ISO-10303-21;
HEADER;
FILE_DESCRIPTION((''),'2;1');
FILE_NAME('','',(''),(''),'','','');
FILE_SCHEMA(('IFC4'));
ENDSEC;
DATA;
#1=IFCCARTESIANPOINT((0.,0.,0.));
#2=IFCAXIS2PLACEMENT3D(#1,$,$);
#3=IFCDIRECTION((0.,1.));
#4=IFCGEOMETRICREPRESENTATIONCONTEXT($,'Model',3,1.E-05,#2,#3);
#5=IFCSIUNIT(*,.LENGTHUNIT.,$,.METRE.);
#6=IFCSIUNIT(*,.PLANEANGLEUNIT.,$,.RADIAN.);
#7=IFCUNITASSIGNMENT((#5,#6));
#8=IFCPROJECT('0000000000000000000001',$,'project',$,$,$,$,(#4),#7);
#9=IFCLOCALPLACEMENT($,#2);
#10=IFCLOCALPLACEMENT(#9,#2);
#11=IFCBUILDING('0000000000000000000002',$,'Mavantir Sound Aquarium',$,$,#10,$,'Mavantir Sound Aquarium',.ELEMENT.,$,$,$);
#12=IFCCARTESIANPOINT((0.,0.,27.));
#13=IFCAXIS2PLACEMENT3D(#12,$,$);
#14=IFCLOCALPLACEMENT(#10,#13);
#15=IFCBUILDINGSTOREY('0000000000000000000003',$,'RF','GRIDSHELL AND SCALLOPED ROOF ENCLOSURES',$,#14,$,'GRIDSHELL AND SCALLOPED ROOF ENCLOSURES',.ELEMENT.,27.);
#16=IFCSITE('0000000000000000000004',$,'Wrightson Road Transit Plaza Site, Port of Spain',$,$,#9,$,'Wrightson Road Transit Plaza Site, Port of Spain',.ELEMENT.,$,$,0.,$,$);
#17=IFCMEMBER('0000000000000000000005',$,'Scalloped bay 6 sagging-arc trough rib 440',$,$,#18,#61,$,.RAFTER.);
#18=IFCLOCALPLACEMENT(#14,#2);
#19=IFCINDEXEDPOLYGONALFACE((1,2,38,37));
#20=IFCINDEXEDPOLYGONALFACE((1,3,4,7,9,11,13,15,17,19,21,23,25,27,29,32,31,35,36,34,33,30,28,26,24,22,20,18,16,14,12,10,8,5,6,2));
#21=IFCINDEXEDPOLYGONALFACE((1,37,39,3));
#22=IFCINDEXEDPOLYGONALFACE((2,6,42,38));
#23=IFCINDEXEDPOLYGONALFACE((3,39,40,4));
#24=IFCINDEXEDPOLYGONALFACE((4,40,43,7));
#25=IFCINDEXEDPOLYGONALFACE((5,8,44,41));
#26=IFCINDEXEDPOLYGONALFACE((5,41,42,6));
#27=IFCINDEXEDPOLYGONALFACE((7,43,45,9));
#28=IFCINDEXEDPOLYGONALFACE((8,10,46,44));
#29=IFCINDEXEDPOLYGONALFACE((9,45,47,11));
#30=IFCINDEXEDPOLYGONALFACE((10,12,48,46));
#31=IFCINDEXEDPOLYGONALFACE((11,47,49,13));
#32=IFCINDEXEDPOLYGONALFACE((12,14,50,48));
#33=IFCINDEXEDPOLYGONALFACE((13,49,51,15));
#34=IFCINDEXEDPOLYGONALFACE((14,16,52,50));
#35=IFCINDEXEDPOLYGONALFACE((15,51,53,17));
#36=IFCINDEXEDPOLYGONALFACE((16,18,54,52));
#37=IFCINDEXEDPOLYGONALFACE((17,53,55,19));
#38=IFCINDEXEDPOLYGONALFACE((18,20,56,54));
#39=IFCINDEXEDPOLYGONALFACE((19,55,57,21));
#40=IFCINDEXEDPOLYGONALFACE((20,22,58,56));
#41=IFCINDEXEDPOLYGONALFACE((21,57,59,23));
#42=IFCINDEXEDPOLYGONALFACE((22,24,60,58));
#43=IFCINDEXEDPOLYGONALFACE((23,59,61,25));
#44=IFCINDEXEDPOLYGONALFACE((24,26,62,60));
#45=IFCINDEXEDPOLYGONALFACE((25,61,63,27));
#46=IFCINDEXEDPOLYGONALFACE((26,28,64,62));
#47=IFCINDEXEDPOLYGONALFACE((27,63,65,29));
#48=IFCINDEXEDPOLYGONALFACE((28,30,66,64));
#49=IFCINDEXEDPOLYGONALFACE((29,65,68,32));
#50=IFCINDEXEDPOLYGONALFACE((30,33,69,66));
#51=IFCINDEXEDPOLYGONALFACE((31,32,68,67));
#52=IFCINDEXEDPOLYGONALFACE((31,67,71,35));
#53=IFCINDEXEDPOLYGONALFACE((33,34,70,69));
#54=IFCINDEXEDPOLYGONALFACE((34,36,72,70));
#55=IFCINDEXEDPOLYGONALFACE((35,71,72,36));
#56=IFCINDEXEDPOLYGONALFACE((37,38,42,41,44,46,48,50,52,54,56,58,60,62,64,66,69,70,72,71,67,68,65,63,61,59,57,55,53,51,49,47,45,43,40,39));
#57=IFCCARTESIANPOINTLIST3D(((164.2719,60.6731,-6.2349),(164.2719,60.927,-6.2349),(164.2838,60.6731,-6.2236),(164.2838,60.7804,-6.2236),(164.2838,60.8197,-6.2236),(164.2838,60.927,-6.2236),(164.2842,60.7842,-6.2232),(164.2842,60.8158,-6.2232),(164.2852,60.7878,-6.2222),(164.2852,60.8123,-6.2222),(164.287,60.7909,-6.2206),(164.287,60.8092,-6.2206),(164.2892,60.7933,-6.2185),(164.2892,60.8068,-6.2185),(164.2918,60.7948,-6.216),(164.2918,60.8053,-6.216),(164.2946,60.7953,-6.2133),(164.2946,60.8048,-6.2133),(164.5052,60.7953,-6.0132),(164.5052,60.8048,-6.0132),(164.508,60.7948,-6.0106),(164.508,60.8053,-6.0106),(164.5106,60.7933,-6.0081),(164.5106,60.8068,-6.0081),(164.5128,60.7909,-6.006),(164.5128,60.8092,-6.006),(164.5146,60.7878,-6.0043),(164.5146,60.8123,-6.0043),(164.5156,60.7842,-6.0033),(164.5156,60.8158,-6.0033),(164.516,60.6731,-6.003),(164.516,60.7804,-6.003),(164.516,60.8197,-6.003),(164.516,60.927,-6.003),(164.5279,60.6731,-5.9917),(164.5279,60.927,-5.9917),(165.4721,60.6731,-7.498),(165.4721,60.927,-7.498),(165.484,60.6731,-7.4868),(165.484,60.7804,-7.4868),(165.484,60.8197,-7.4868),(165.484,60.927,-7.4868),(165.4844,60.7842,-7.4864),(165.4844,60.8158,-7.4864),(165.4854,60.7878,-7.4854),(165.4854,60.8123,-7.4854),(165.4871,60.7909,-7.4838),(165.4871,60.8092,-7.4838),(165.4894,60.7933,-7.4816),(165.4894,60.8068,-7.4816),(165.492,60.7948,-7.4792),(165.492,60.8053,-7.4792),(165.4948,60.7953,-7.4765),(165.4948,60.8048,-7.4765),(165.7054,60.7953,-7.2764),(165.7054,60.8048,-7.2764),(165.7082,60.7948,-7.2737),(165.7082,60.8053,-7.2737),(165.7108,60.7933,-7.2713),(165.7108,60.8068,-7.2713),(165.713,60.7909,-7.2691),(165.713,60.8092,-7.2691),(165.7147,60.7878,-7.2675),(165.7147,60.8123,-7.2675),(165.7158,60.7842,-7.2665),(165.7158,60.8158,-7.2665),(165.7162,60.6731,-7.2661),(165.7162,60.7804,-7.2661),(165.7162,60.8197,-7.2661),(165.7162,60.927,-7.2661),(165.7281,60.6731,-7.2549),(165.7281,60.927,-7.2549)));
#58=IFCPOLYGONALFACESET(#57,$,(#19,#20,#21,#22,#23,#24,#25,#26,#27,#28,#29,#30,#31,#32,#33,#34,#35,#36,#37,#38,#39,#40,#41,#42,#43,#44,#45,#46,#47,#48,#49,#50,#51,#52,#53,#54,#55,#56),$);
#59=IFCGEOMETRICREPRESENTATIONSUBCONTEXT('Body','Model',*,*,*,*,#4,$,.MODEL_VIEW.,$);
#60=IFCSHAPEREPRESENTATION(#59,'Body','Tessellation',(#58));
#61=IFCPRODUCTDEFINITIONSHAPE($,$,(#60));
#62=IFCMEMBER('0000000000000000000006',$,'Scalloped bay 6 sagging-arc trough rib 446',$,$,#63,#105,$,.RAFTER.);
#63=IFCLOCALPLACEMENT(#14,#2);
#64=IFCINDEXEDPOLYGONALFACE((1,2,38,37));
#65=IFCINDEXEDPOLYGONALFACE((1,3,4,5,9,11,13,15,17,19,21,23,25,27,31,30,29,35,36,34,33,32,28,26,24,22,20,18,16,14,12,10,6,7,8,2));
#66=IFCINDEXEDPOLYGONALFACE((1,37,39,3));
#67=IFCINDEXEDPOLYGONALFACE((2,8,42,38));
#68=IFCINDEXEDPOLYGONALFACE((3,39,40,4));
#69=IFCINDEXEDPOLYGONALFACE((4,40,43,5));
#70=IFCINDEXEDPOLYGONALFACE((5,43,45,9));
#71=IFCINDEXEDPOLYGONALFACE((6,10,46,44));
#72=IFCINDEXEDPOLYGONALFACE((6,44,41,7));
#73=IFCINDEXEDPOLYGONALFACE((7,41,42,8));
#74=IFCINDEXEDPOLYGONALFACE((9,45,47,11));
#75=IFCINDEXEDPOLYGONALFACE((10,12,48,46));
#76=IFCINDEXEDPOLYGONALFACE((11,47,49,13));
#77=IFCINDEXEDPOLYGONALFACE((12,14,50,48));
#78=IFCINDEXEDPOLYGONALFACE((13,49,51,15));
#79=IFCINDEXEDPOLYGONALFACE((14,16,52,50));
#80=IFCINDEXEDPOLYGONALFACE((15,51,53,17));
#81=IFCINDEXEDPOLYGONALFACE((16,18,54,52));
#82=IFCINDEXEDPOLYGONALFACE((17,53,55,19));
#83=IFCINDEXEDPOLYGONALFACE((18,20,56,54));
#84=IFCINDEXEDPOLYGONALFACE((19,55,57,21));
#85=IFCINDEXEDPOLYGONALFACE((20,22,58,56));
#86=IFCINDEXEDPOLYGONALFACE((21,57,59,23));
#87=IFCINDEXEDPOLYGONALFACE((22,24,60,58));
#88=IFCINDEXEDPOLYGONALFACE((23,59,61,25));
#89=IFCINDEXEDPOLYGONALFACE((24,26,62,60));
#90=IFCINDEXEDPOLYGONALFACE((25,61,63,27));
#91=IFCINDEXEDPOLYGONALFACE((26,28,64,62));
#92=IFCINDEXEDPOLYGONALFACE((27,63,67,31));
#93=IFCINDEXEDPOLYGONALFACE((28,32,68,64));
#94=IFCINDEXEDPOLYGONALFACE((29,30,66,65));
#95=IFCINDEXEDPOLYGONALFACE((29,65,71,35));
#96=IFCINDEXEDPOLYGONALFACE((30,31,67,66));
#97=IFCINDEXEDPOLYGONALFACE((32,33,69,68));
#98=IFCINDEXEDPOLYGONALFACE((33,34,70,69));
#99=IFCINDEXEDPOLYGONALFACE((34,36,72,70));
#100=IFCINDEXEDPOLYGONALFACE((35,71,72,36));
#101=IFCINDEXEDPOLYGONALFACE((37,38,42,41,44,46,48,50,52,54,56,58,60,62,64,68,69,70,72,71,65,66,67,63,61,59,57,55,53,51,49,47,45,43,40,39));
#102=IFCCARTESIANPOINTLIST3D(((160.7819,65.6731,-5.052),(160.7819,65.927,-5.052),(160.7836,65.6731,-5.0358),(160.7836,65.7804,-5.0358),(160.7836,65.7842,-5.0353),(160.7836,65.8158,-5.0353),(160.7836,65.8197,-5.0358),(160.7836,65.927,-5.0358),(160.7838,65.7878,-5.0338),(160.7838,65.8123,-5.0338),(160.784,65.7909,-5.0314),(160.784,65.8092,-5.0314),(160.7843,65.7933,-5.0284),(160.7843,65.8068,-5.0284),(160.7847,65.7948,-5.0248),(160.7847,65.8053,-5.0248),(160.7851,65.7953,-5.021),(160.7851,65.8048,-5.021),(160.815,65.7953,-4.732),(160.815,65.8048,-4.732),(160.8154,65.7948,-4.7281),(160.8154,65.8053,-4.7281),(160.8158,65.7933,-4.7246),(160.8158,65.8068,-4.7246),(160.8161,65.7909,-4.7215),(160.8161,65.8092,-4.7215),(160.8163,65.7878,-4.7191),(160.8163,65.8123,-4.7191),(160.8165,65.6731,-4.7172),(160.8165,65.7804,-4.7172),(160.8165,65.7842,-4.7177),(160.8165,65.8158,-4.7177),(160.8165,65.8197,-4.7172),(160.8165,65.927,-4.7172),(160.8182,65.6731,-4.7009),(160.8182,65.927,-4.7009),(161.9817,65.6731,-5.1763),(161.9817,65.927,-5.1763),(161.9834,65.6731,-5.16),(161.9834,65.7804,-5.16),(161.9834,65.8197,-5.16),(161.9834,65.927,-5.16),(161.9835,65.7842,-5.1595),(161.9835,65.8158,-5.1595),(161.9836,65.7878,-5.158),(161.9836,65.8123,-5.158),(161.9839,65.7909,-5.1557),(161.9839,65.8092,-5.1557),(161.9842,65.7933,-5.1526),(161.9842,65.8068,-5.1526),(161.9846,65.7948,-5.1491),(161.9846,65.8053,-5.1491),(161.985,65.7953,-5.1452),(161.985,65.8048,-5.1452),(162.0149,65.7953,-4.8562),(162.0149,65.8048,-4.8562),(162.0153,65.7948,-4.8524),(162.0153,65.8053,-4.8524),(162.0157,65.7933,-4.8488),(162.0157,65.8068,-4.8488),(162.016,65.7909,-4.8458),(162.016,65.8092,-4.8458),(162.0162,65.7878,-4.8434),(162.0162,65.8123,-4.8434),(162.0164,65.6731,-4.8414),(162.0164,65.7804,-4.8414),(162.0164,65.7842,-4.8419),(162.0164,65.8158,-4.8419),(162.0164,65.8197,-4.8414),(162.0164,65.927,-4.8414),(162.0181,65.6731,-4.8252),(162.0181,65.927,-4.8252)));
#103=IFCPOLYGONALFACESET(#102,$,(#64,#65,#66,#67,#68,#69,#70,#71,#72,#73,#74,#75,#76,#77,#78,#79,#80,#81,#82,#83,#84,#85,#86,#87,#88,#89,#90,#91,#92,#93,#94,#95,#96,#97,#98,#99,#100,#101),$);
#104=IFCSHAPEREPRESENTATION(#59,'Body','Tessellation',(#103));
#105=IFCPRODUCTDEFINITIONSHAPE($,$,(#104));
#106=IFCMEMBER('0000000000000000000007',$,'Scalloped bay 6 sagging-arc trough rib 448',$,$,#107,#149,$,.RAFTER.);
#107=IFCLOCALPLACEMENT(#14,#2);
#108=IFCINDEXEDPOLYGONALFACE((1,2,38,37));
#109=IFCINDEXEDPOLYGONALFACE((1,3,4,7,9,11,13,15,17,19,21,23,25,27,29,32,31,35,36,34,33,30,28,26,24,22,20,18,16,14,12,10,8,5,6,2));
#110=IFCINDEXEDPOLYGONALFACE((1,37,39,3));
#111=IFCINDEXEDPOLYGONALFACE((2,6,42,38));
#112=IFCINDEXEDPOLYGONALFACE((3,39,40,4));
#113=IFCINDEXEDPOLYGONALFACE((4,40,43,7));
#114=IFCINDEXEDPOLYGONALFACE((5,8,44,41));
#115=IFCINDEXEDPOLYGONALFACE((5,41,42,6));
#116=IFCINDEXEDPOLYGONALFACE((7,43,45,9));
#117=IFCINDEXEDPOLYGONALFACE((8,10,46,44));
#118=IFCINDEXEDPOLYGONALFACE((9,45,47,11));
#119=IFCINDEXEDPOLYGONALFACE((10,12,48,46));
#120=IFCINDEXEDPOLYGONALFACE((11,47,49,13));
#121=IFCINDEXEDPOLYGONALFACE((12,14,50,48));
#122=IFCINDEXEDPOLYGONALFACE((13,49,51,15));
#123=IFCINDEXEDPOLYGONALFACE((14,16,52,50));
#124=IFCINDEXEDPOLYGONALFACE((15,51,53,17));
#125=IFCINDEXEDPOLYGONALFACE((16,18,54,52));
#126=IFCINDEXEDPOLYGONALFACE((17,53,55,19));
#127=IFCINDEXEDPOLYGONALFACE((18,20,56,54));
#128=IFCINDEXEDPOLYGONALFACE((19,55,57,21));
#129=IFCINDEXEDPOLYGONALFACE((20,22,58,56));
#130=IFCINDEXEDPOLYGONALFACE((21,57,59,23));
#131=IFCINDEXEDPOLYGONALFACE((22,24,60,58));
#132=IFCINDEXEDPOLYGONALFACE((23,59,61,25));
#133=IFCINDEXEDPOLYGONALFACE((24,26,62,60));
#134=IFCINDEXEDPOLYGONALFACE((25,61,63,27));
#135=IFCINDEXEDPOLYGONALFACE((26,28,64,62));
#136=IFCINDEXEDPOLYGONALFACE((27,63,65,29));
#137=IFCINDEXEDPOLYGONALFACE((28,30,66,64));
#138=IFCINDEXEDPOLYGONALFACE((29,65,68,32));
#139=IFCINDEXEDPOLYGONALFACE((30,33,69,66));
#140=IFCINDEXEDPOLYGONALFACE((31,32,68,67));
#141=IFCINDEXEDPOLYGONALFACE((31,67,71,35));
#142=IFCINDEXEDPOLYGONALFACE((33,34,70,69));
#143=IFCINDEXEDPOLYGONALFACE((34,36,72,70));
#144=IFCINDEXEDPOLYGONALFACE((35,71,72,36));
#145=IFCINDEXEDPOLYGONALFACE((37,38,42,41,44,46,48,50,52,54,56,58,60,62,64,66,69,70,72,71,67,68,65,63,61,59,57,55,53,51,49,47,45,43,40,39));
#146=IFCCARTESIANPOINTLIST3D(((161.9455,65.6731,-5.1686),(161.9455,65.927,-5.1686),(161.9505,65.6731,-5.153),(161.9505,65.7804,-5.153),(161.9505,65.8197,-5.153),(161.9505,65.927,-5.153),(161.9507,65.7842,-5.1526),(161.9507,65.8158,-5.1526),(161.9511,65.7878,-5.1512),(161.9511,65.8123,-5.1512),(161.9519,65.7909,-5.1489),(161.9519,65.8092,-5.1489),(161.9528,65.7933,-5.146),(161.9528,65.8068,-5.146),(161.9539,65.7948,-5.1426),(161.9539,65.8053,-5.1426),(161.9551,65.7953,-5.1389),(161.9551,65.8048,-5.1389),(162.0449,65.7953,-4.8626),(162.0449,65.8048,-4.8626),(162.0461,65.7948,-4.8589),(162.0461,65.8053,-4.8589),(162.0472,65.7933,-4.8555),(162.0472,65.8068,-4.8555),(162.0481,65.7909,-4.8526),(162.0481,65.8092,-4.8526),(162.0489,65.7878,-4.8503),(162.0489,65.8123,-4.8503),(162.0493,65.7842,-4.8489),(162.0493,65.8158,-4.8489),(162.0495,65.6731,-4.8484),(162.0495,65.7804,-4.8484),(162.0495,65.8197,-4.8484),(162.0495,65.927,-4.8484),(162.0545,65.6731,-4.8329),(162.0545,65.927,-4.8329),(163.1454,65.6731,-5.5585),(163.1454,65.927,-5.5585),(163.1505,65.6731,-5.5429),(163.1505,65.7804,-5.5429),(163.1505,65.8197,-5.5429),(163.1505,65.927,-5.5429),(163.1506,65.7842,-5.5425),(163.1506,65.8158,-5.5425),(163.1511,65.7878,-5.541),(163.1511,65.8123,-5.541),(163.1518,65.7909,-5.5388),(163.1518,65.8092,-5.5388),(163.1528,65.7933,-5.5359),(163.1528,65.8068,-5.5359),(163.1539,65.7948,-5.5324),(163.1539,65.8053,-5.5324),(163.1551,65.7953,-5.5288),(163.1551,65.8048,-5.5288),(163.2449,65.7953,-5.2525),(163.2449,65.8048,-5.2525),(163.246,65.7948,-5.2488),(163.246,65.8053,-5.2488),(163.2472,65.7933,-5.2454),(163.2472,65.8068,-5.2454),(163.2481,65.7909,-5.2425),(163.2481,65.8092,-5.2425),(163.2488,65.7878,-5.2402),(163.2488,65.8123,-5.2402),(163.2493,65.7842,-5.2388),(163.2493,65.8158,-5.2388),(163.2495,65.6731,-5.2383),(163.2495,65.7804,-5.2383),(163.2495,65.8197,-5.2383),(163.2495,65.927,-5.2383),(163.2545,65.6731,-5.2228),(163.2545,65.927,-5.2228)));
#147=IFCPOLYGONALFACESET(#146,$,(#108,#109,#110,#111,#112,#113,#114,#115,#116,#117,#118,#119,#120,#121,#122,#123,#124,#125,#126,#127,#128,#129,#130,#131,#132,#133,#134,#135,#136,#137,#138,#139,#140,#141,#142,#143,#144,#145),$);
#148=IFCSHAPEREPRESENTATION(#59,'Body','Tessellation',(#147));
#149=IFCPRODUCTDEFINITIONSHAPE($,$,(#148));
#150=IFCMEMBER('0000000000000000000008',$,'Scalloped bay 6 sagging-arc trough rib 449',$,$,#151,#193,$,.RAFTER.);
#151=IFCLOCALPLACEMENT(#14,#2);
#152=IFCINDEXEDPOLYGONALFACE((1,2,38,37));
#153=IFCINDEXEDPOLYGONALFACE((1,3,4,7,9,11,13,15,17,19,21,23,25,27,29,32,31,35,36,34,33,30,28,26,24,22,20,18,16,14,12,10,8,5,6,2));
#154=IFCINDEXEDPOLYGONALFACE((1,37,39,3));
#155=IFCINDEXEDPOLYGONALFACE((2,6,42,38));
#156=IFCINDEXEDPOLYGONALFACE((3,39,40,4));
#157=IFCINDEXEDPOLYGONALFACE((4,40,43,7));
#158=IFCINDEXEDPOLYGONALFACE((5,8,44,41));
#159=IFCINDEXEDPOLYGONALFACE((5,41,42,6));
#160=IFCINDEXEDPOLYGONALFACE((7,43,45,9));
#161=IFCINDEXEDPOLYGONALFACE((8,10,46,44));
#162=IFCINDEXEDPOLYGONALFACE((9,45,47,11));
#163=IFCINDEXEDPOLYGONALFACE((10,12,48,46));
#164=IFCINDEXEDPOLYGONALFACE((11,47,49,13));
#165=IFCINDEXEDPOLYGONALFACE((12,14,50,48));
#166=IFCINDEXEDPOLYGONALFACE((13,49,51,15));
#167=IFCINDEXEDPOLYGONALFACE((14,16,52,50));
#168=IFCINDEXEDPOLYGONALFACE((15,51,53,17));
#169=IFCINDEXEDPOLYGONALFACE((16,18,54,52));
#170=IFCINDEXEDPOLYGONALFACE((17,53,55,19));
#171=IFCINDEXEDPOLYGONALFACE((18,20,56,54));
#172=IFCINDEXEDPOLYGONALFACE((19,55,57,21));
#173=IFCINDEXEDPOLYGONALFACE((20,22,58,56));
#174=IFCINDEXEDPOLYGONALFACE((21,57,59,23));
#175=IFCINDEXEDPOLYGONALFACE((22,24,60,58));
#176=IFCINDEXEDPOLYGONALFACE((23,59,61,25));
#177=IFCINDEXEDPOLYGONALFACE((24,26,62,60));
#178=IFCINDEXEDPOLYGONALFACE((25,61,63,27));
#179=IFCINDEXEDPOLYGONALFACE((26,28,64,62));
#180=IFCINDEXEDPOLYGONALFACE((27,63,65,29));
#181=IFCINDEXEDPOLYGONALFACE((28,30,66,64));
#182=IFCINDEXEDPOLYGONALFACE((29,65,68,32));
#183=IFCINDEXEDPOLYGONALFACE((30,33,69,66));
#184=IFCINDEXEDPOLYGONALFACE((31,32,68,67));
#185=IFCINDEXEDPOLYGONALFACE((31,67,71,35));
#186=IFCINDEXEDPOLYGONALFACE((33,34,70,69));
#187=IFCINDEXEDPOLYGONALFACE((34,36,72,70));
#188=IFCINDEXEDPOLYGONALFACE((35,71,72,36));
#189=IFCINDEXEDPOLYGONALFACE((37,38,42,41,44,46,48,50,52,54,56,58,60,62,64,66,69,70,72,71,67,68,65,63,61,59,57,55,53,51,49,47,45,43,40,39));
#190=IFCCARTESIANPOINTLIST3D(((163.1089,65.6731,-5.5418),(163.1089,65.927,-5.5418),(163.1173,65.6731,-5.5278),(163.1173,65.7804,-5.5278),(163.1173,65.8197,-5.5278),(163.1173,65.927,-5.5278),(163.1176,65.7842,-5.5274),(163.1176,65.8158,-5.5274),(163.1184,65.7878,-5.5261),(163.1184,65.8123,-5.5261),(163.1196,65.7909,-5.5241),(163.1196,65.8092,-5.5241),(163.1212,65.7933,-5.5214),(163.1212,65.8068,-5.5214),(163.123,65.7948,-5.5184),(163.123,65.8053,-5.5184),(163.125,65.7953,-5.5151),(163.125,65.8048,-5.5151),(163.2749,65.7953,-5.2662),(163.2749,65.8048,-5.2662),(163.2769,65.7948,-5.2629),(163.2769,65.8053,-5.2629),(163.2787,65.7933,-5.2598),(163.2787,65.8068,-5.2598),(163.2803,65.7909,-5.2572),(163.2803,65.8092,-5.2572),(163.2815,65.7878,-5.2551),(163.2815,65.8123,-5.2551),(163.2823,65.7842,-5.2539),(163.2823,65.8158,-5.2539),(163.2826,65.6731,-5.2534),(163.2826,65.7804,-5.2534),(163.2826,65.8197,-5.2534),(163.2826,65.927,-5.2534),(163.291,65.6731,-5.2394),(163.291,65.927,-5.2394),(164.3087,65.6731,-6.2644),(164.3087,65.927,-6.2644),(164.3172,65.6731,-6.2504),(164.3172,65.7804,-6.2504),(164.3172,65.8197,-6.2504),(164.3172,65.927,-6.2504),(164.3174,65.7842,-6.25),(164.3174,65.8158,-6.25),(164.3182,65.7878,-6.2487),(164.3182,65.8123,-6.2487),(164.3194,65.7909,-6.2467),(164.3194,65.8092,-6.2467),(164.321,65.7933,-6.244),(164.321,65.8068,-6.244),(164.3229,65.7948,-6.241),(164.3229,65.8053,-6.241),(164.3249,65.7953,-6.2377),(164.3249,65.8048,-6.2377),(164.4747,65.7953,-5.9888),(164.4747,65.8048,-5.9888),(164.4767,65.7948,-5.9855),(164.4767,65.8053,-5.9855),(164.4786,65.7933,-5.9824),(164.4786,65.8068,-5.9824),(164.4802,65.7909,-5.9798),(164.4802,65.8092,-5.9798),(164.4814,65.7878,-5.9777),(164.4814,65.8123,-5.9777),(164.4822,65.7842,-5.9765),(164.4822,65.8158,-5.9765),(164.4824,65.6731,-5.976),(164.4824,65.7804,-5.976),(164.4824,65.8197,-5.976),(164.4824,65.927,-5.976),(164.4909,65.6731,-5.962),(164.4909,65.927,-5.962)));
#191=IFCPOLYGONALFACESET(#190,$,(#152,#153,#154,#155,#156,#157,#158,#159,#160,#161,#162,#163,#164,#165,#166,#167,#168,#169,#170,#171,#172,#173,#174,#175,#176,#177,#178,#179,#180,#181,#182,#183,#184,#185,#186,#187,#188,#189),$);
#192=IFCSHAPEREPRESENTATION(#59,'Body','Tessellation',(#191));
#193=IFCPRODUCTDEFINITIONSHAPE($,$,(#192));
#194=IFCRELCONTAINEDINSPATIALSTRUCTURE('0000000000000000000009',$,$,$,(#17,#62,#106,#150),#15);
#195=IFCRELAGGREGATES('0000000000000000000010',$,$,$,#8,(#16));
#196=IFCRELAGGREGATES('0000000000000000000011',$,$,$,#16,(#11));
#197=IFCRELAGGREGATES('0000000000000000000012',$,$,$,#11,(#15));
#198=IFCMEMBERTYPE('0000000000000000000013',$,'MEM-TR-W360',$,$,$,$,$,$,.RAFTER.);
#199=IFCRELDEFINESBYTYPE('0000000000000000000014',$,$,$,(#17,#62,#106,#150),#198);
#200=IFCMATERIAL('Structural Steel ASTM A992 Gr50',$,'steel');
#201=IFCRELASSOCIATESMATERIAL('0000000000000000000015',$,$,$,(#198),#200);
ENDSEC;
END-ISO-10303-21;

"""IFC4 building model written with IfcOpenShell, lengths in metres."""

from ifc_helpers import new_model, si_unit, direction, frame, origin, origin_2d, place, context, subcontext, project, spatial, i_section, extrude, material, material_profile, profile_set, type_object, element, save


model = new_model("IFC4")

# Units and contexts
model_context = context("Model", 3, precision=1e-05, world=origin(), true_north=direction((0.0, 1.0)))
body_context = subcontext(model_context, "Body", "Model", "MODEL_VIEW")
ifc_project = project(units=[si_unit("LENGTHUNIT", "METRE"), si_unit("PLANEANGLEUNIT", "RADIAN")], contexts=[model_context])

# Site, building, storey
site_placement = place(None, origin())
site = spatial("IfcSite", under=ifc_project, at=site_placement, Name="Wrightson Road Transit Plaza Site, Port of Spain", LongName="Wrightson Road Transit Plaza Site, Port of Spain", CompositionType="ELEMENT", RefElevation=0.0)
building_placement = place(site_placement, origin())
building = spatial("IfcBuilding", under=site, at=building_placement, Name="Mavantir Sound Aquarium", LongName="Mavantir Sound Aquarium", CompositionType="ELEMENT")
storey_placement = place(building_placement, frame((0.0, 0.0, 27.0)))
storey = spatial("IfcBuildingStorey", under=building, at=storey_placement, Name="RF", Description="GRIDSHELL AND SCALLOPED ROOF ENCLOSURES", LongName="GRIDSHELL AND SCALLOPED ROOF ENCLOSURES", CompositionType="ELEMENT", Elevation=27.0)

# Shared definitions
ifc_material_1 = material(Name="Structural Steel ASTM A992 Gr50", Category="steel")

# Members
ifc_material_profile_1 = material_profile(ifc_material_1, i_section(OverallWidth=0.2539, OverallDepth=0.353, WebThickness=0.0095, FlangeThickness=0.0164, FilletRadius=0.0149, at=origin_2d()), Name="W360X91")
ifc_profile_set_1 = profile_set([ifc_material_profile_1], Name="Structural Steel ASTM A992 Gr50")
member_type_1 = type_object("IfcMemberType", Name="MEM-TR-W360", PredefinedType="RAFTER", material=ifc_profile_set_1)
member_1_placement = place(storey_placement, frame((164.3999, 60.8, -6.1133), z_axis=(0.688801, 0.0, -0.72495), x_axis=(0.0, 1.0, 0.0)))
element("IfcMember", 1, at=member_1_placement, inside=storey, type_object=member_type_1, Name="Scalloped bay 6 sagging-arc trough rib 440", PredefinedType="RAFTER", context=body_context, shape_type="SweptSolid", body=[
    extrude(i_section(OverallWidth=0.2539, OverallDepth=0.353, WebThickness=0.0095, FlangeThickness=0.0164, FilletRadius=0.0149, at=origin_2d()), origin(), (0.0, 0.0, 1.0), 1.7424),
])
member_2_placement = place(storey_placement, frame((160.8, 65.8, -4.8765), z_axis=(0.99468, 0.0, -0.10301), x_axis=(0.0, 1.0, 0.0)))
element("IfcMember", 2, at=member_2_placement, inside=storey, type_object=member_type_1, Name="Scalloped bay 6 sagging-arc trough rib 446", PredefinedType="RAFTER", context=body_context, shape_type="SweptSolid", body=[
    extrude(i_section(OverallWidth=0.2539, OverallDepth=0.353, WebThickness=0.0095, FlangeThickness=0.0164, FilletRadius=0.0149, at=origin_2d()), origin(), (0.0, 0.0, 1.0), 1.2063),
])
member_3_placement = place(storey_placement, frame((162.0, 65.8, -5.0007), z_axis=(0.951055, 0.0, -0.30902), x_axis=(0.0, 1.0, 0.0)))
element("IfcMember", 3, at=member_3_placement, inside=storey, type_object=member_type_1, Name="Scalloped bay 6 sagging-arc trough rib 448", PredefinedType="RAFTER", context=body_context, shape_type="SweptSolid", body=[
    extrude(i_section(OverallWidth=0.2539, OverallDepth=0.353, WebThickness=0.0095, FlangeThickness=0.0164, FilletRadius=0.0149, at=origin_2d()), origin(), (0.0, 0.0, 1.0), 1.2617),
])
member_4_placement = place(storey_placement, frame((163.2, 65.8, -5.3906), z_axis=(0.856646, 0.0, -0.515905), x_axis=(0.0, 1.0, 0.0)))
element("IfcMember", 4, at=member_4_placement, inside=storey, type_object=member_type_1, Name="Scalloped bay 6 sagging-arc trough rib 449", PredefinedType="RAFTER", context=body_context, shape_type="SweptSolid", body=[
    extrude(i_section(OverallWidth=0.2539, OverallDepth=0.353, WebThickness=0.0095, FlangeThickness=0.0164, FilletRadius=0.0149, at=origin_2d()), origin(), (0.0, 0.0, 1.0), 1.4006),
])

save(model, "model.ifc")
